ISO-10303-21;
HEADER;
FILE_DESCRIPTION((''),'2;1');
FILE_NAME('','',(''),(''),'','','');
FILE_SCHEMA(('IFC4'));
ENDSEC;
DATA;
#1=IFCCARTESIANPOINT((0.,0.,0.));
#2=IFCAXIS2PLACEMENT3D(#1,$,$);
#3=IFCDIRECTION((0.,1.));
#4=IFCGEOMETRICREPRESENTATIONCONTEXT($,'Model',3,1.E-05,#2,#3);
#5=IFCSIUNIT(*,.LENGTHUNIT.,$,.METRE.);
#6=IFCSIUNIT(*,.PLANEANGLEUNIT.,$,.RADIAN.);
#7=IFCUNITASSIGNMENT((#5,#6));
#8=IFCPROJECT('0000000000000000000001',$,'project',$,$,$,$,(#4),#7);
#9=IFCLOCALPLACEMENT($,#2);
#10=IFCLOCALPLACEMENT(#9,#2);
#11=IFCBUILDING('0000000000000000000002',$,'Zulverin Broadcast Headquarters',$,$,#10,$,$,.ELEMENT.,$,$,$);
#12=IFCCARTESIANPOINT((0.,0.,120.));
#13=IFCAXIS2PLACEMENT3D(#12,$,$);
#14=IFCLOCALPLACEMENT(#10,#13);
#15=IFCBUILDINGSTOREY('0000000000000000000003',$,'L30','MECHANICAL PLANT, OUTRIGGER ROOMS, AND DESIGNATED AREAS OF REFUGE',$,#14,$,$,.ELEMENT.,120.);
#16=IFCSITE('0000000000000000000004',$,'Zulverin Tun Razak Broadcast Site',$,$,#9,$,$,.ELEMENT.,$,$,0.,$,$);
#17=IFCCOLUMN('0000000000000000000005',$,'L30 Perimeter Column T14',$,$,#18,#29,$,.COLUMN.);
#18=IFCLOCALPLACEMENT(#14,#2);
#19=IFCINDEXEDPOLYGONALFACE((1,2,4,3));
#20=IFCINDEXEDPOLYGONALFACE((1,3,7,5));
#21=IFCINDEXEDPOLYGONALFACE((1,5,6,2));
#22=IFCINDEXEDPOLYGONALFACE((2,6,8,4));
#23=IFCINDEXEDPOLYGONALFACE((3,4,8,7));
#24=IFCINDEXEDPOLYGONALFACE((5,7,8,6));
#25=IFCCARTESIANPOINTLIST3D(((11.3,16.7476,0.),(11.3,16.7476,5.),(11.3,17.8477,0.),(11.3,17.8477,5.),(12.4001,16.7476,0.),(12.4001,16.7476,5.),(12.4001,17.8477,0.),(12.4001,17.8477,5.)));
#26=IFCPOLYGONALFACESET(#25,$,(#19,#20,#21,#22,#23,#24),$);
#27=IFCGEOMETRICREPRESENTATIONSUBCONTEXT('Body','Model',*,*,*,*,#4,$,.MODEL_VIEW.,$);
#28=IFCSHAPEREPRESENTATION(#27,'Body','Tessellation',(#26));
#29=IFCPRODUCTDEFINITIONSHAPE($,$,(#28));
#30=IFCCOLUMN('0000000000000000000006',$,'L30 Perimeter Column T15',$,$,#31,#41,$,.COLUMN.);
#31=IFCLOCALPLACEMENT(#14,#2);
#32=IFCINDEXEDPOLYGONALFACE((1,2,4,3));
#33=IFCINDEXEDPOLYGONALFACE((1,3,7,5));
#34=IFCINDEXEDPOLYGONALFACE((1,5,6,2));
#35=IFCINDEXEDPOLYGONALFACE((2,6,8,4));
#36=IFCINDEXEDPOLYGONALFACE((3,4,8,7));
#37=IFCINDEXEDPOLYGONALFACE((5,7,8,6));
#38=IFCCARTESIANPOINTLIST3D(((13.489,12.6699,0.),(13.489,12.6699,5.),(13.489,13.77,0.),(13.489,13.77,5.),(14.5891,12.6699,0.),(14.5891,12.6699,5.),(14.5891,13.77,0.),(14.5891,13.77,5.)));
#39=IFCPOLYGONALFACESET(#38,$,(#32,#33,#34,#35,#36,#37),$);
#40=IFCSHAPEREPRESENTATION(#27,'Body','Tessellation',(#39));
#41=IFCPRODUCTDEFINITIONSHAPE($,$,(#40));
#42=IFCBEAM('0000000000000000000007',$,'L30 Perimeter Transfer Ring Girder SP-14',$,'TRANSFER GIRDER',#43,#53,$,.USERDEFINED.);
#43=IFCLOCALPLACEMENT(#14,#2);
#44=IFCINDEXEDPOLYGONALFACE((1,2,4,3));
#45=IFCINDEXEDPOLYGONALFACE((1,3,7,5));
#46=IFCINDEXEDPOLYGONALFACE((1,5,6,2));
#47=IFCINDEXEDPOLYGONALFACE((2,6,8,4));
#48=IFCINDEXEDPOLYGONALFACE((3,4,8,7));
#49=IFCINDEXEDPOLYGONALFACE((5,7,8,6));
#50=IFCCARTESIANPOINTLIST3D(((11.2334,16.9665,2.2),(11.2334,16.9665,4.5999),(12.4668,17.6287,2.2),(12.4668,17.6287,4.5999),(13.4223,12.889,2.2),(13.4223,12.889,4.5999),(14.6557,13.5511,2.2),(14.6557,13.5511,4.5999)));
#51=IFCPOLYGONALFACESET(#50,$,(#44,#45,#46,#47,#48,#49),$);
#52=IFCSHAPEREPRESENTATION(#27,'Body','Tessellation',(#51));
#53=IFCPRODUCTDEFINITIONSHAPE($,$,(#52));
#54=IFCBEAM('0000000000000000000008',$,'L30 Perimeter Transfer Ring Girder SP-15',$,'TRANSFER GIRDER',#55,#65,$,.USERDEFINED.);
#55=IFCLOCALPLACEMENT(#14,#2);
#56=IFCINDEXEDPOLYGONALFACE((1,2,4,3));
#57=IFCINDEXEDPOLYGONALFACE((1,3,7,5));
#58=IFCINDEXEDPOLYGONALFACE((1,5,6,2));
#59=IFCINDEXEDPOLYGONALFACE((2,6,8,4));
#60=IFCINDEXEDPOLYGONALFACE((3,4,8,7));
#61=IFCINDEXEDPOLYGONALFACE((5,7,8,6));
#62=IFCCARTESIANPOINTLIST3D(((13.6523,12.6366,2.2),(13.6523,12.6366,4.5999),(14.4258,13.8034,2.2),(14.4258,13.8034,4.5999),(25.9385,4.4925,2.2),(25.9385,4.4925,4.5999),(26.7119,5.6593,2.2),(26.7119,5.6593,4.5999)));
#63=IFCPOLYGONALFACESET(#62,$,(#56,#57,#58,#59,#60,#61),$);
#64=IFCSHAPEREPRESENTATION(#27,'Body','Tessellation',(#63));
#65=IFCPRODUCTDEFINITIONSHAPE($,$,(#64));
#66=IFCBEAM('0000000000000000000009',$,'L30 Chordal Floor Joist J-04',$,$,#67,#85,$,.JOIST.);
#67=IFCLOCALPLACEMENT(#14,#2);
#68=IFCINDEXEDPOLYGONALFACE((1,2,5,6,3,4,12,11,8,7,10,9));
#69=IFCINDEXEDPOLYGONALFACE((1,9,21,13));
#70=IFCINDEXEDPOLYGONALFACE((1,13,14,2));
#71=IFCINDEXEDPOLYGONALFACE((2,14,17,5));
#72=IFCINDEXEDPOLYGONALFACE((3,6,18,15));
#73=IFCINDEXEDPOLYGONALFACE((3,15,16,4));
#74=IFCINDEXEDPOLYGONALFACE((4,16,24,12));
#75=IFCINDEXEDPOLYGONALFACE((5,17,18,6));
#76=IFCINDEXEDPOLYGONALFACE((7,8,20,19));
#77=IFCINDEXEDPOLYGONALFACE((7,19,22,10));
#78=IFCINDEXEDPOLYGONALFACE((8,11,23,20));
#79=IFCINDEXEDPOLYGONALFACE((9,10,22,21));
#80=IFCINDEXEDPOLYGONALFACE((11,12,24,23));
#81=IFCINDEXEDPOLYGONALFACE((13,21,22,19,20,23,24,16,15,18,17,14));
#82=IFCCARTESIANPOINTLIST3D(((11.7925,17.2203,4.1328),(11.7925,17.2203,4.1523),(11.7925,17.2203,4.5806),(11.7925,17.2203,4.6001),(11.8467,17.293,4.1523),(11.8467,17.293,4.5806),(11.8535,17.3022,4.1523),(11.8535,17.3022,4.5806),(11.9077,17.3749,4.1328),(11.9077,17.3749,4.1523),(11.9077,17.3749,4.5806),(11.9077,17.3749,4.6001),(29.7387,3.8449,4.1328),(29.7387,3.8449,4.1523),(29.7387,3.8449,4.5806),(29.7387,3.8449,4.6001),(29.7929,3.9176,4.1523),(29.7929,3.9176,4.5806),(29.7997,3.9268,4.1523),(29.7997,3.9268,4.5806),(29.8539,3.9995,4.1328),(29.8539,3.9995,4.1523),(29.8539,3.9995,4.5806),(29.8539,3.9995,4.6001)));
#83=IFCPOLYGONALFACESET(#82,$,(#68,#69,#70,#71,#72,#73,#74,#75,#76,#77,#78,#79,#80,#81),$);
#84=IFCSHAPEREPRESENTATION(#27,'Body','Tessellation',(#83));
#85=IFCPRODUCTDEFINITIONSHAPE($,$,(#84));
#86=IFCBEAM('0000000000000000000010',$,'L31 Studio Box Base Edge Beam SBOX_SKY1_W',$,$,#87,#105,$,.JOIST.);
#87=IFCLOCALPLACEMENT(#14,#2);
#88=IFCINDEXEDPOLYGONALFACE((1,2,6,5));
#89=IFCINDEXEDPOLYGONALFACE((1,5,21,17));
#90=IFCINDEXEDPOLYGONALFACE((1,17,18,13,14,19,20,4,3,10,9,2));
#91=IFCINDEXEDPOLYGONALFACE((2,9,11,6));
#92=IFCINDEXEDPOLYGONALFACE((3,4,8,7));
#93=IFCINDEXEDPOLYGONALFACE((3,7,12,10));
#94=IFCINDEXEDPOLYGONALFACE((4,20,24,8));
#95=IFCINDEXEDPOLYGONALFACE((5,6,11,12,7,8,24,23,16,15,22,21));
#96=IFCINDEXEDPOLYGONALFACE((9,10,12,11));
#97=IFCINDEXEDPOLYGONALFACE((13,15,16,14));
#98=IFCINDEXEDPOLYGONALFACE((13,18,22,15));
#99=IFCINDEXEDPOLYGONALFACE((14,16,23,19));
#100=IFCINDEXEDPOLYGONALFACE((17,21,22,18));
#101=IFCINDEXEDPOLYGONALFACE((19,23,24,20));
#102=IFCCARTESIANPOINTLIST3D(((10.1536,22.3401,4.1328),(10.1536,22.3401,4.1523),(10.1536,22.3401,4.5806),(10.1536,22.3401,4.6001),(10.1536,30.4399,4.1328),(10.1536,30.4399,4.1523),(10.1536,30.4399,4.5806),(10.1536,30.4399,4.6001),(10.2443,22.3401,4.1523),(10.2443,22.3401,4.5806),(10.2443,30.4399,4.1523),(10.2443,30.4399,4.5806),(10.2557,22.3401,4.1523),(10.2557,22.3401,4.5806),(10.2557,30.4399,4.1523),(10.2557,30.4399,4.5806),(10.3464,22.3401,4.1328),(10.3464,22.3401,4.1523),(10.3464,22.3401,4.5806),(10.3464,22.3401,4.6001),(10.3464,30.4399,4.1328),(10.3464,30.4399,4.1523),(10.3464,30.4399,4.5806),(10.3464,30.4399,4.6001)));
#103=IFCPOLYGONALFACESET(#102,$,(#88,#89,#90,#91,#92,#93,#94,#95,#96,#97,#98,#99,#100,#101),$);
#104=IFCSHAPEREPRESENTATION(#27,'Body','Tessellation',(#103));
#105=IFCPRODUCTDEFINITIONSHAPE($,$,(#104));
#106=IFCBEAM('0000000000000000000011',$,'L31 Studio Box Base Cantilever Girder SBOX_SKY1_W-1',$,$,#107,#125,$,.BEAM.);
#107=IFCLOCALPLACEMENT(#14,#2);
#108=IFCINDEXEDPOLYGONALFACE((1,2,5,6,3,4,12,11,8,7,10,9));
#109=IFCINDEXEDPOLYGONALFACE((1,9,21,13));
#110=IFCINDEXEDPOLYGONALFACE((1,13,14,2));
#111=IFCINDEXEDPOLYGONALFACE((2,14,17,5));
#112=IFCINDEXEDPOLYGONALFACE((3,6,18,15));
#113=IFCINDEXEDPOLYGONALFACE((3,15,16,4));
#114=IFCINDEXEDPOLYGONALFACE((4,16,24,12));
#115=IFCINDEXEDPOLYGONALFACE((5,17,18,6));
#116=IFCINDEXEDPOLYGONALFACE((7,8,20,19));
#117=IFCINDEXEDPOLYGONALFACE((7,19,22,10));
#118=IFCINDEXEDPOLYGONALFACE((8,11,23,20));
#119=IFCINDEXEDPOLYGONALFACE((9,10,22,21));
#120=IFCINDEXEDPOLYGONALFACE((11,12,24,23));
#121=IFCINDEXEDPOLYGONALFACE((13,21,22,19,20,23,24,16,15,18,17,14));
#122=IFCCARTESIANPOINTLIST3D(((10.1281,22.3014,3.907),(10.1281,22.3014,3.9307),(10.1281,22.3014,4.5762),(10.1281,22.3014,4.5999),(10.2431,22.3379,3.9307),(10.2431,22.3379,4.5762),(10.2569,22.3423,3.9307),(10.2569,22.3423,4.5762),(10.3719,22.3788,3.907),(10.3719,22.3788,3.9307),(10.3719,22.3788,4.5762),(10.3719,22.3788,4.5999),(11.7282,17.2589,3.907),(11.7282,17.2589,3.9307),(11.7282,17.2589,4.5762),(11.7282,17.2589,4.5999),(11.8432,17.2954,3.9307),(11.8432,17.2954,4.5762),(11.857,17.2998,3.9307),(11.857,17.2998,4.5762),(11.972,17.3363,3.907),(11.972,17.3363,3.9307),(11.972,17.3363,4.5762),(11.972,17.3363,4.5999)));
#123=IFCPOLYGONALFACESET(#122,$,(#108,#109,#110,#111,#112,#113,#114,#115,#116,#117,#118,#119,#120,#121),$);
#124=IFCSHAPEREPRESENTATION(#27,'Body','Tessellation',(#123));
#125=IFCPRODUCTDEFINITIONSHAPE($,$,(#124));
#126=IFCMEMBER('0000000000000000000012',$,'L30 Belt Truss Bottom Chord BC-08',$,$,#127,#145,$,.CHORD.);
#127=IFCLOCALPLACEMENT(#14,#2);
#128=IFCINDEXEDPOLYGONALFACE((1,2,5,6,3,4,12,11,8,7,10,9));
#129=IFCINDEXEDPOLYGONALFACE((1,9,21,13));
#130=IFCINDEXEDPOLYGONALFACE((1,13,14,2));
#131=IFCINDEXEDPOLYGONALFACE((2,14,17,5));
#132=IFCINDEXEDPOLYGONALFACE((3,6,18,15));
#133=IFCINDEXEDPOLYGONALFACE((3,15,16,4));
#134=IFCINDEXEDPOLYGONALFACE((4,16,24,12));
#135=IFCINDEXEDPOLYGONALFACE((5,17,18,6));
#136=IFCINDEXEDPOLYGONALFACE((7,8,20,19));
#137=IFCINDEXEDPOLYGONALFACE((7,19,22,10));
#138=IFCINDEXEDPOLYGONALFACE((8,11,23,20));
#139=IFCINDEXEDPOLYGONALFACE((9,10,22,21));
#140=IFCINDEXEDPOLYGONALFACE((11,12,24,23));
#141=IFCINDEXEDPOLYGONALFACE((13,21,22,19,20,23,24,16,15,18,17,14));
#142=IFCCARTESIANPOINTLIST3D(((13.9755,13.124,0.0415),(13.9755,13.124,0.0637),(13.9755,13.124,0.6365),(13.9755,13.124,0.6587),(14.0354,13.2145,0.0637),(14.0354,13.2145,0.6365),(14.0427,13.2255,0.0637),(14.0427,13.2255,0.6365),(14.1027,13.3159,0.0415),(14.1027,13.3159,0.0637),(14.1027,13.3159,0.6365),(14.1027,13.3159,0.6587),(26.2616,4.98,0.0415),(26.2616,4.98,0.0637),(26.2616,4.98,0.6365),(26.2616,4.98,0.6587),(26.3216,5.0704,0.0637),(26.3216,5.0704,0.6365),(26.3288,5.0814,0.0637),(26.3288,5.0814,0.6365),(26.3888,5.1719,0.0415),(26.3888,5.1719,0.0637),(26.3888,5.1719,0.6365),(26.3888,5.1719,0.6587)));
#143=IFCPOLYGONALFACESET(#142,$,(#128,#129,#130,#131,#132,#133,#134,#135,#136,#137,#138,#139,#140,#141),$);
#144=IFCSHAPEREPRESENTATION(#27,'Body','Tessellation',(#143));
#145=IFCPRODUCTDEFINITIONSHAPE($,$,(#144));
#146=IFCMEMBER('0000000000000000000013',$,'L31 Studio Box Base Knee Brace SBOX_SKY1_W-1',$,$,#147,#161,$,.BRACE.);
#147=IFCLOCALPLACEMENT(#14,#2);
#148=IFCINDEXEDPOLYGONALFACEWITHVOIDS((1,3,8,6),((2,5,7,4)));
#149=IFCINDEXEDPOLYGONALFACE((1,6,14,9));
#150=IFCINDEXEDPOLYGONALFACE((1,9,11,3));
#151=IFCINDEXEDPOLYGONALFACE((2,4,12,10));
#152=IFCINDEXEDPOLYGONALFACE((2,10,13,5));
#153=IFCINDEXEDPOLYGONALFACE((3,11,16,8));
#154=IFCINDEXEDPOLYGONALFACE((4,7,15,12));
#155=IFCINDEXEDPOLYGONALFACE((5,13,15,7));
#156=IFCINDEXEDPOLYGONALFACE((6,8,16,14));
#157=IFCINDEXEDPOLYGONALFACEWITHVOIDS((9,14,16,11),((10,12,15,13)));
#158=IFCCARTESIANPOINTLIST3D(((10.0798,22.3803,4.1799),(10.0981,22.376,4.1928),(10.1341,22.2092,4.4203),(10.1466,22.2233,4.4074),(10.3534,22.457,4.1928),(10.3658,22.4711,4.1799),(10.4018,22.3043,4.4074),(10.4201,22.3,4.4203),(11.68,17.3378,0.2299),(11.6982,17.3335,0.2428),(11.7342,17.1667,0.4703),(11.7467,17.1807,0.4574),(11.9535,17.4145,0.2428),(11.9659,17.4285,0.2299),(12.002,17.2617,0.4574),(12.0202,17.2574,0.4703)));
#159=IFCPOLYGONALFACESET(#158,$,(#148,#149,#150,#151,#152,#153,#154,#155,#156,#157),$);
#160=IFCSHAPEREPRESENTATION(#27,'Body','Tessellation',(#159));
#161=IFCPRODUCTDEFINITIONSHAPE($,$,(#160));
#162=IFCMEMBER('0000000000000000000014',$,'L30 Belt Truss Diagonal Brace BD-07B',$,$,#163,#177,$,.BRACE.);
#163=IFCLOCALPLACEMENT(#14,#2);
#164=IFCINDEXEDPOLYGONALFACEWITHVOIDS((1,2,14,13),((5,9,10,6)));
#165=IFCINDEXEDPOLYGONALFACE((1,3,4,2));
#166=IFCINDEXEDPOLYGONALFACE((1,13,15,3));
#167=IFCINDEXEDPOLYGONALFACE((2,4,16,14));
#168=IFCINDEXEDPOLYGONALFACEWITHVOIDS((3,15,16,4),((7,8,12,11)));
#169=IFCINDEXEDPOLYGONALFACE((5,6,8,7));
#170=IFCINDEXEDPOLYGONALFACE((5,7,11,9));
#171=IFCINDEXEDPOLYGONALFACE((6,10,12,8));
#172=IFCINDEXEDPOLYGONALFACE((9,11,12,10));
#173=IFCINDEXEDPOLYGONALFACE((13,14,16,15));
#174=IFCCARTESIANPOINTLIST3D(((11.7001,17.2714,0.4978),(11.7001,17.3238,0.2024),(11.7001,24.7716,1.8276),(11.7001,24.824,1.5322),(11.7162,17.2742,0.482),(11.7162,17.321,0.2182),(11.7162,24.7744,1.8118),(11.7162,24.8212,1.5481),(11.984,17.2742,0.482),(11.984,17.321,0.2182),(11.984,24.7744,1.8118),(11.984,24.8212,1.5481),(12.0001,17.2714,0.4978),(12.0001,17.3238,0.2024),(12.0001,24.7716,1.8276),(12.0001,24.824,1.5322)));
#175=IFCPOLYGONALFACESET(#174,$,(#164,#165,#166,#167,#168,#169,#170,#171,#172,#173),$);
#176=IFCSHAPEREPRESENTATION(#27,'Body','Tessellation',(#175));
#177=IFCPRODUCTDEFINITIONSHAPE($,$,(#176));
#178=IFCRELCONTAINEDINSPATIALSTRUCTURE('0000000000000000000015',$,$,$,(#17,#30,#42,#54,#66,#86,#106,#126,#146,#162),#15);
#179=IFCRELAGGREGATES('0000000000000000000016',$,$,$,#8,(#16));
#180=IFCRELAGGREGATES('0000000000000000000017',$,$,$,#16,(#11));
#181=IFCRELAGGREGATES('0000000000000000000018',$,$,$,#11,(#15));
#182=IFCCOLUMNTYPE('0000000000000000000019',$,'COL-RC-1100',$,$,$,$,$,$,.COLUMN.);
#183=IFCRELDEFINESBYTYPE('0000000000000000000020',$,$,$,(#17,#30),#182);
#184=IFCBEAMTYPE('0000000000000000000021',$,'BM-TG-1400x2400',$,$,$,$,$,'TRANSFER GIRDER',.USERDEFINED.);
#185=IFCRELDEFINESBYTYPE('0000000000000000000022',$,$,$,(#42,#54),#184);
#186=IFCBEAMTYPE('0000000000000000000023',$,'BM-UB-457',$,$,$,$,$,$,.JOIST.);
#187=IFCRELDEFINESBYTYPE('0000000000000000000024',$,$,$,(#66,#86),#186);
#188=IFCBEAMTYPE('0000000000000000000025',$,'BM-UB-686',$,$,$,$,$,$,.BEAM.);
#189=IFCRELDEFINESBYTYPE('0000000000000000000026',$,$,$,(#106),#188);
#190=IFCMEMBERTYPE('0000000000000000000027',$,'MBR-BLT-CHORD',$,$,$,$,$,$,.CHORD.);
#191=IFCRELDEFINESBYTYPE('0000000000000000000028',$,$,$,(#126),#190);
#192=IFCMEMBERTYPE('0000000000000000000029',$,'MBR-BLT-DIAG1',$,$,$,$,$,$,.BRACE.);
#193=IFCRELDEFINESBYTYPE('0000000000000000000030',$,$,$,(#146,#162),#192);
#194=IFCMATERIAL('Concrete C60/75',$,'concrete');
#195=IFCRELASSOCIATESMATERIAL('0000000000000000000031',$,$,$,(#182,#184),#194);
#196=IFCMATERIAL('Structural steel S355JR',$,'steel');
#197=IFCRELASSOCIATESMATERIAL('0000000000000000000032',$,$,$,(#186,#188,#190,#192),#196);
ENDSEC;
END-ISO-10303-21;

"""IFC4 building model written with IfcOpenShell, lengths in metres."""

from ifc_helpers import new_model, si_unit, direction, frame, origin, origin_2d, place, context, subcontext, project, spatial, rectangle, hollow_rectangle, i_section, extrude, material, material_profile, profile_set, type_object, element, save


model = new_model("IFC4")

# Units and contexts
model_context = context("Model", 3, precision=1e-05, world=origin(), true_north=direction((0.0, 1.0)))
body_context = subcontext(model_context, "Body", "Model", "MODEL_VIEW")
ifc_project = project(units=[si_unit("LENGTHUNIT", "METRE"), si_unit("PLANEANGLEUNIT", "RADIAN")], contexts=[model_context])

# Site, building, storey
site_placement = place(None, origin())
site = spatial("IfcSite", under=ifc_project, at=site_placement, Name="Zulverin Tun Razak Broadcast Site", CompositionType="ELEMENT", RefElevation=0.0)
building_placement = place(site_placement, origin())
building = spatial("IfcBuilding", under=site, at=building_placement, Name="Zulverin Broadcast Headquarters", CompositionType="ELEMENT")
storey_placement = place(building_placement, frame((0.0, 0.0, 120.0)))
storey = spatial("IfcBuildingStorey", under=building, at=storey_placement, Name="L30", Description="MECHANICAL PLANT, OUTRIGGER ROOMS, AND DESIGNATED AREAS OF REFUGE", CompositionType="ELEMENT", Elevation=120.0)

# Columns
ifc_material_1 = material(Name="Concrete C60/75", Category="concrete")
ifc_material_profile_1 = material_profile(ifc_material_1, rectangle(XDim=1.1001, YDim=1.1001, at=origin_2d()), Name="Concrete C60/75", Category="concrete")
ifc_profile_set_1 = profile_set([ifc_material_profile_1], Name="Concrete C60/75")
column_type = type_object("IfcColumnType", Name="COL-RC-1100", PredefinedType="COLUMN", material=ifc_profile_set_1)
for number, where, z_axis, x_axis, name in (
    (1, (11.8501, 17.2976, 0.0), (0.0, 0.0, 1.0), (1.0, 0.0, 0.0), "L30 Perimeter Column T14"),
    (2, (14.0391, 13.22, 0.0), (0.0, 0.0, 1.0), (1.0, 0.0, 0.0), "L30 Perimeter Column T15"),
):
    element("IfcColumn", number, at=place(storey_placement, frame(where, z_axis=z_axis, x_axis=x_axis)), inside=storey, type_object=column_type, Name=name, PredefinedType="COLUMN", context=body_context, shape_type="SweptSolid", body=[
        extrude(rectangle(XDim=1.1001, YDim=1.1001, at=origin_2d()), origin(), (0.0, 0.0, 1.0), 5.0),
    ])

# Beams
ifc_material_profile_2 = material_profile(ifc_material_1, rectangle(XDim=1.3999, YDim=2.3999, at=origin_2d()), Name="Concrete C60/75", Category="concrete")
ifc_profile_set_2 = profile_set([ifc_material_profile_2], Name="Concrete C60/75")
beam_type_1 = type_object("IfcBeamType", Name="BM-TG-1400x2400", ElementType="TRANSFER GIRDER", PredefinedType="USERDEFINED", material=ifc_profile_set_2)
beam_1_placement = place(storey_placement, frame((11.8501, 17.2976, 3.3999), z_axis=(0.47298, -0.881073, 0.0), x_axis=(0.881073, 0.47298, 0.0)))
element("IfcBeam", 3, at=beam_1_placement, inside=storey, type_object=beam_type_1, Name="L30 Perimeter Transfer Ring Girder SP-14", ObjectType="TRANSFER GIRDER", PredefinedType="USERDEFINED", context=body_context, shape_type="SweptSolid", body=[
    extrude(rectangle(XDim=1.3999, YDim=2.3999, at=origin_2d()), origin(), (0.0, 0.0, 1.0), 4.6279),
])
beam_2_placement = place(storey_placement, frame((14.0391, 13.22, 3.3999), z_axis=(0.83351, -0.552504, 0.0), x_axis=(0.552504, 0.83351, 0.0)))
element("IfcBeam", 4, at=beam_2_placement, inside=storey, type_object=beam_type_1, Name="L30 Perimeter Transfer Ring Girder SP-15", ObjectType="TRANSFER GIRDER", PredefinedType="USERDEFINED", context=body_context, shape_type="SweptSolid", body=[
    extrude(rectangle(XDim=1.3999, YDim=2.3999, at=origin_2d()), origin(), (0.0, 0.0, 1.0), 14.7402),
])
ifc_material_2 = material(Name="Structural steel S355JR", Category="steel")
ifc_material_profile_3 = material_profile(ifc_material_2, i_section(OverallWidth=0.1929, OverallDepth=0.4673, WebThickness=0.0115, FlangeThickness=0.0195, at=origin_2d()), Name="Structural steel S355JR", Category="steel")
ifc_profile_set_3 = profile_set([ifc_material_profile_3], Name="Structural steel S355JR")
beam_type_2 = type_object("IfcBeamType", Name="BM-UB-457", PredefinedType="JOIST", material=ifc_profile_set_3)
beam_3_placement = place(storey_placement, frame((11.8501, 17.2976, 4.3665), z_axis=(0.801803, -0.597589, 0.0), x_axis=(0.597589, 0.801803, 0.0)))
element("IfcBeam", 5, at=beam_3_placement, inside=storey, type_object=beam_type_2, Name="L30 Chordal Floor Joist J-04", PredefinedType="JOIST", context=body_context, shape_type="SweptSolid", body=[
    extrude(i_section(OverallWidth=0.1929, OverallDepth=0.4673, WebThickness=0.0115, FlangeThickness=0.0195, at=origin_2d()), origin(), (0.0, 0.0, 1.0), 22.3823),
])
beam_4_placement = place(storey_placement, frame((10.25, 22.3401, 4.3665), z_axis=(0.0, 1.0, 0.0), x_axis=(-1.0, 0.0, 0.0)))
element("IfcBeam", 6, at=beam_4_placement, inside=storey, type_object=beam_type_2, Name="L31 Studio Box Base Edge Beam SBOX_SKY1_W", PredefinedType="JOIST", context=body_context, shape_type="SweptSolid", body=[
    extrude(i_section(OverallWidth=0.1929, OverallDepth=0.4673, WebThickness=0.0115, FlangeThickness=0.0195, at=origin_2d()), origin(), (0.0, 0.0, 1.0), 8.0999),
])
ifc_material_profile_4 = material_profile(ifc_material_2, i_section(OverallWidth=0.2559, OverallDepth=0.6929, WebThickness=0.0144, FlangeThickness=0.0237, at=origin_2d()), Name="Structural steel S355JR", Category="steel")
ifc_profile_set_4 = profile_set([ifc_material_profile_4], Name="Structural steel S355JR")
beam_type_3 = type_object("IfcBeamType", Name="BM-UB-686", PredefinedType="BEAM", material=ifc_profile_set_4)
beam_5_placement = place(storey_placement, frame((11.8501, 17.2976, 4.2534), z_axis=(-0.302461, 0.953162, 0.0), x_axis=(-0.953162, -0.302461, 0.0)))
element("IfcBeam", 7, at=beam_5_placement, inside=storey, type_object=beam_type_3, Name="L31 Studio Box Base Cantilever Girder SBOX_SKY1_W-1", PredefinedType="BEAM", context=body_context, shape_type="SweptSolid", body=[
    extrude(i_section(OverallWidth=0.2559, OverallDepth=0.6929, WebThickness=0.0144, FlangeThickness=0.0237, at=origin_2d()), origin(), (0.0, 0.0, 1.0), 5.2903),
])

# Members
ifc_material_profile_5 = material_profile(ifc_material_2, i_section(OverallWidth=0.2302, OverallDepth=0.6172, WebThickness=0.0132, FlangeThickness=0.0222, at=origin_2d()), Name="Structural steel S355JR", Category="steel")
ifc_profile_set_5 = profile_set([ifc_material_profile_5], Name="Structural steel S355JR")
member_type_1 = type_object("IfcMemberType", Name="MBR-BLT-CHORD", PredefinedType="CHORD", material=ifc_profile_set_5)
member_1_placement = place(storey_placement, frame((14.0391, 13.22, 0.3501), z_axis=(0.83351, -0.552504, 0.0), x_axis=(0.552504, 0.83351, 0.0)))
element("IfcMember", 8, at=member_1_placement, inside=storey, type_object=member_type_1, Name="L30 Belt Truss Bottom Chord BC-08", PredefinedType="CHORD", context=body_context, shape_type="SweptSolid", body=[
    extrude(i_section(OverallWidth=0.2302, OverallDepth=0.6172, WebThickness=0.0132, FlangeThickness=0.0222, at=origin_2d()), origin(), (0.0, 0.0, 1.0), 14.7402),
])
ifc_material_profile_6 = material_profile(ifc_material_2, hollow_rectangle(XDim=0.3, YDim=0.3, WallThickness=0.0161, at=origin_2d()), Name="Structural steel S355JR", Category="steel")
ifc_profile_set_6 = profile_set([ifc_material_profile_6], Name="Structural steel S355JR")
member_type_2 = type_object("IfcMemberType", Name="MBR-BLT-DIAG1", PredefinedType="BRACE", material=ifc_profile_set_6)
member_2_placement = place(storey_placement, frame((11.8501, 17.2976, 0.3501), z_axis=(-0.242358, 0.763758, 0.598278), x_axis=(-0.953162, -0.302461, 0.0)))
element("IfcMember", 9, at=member_2_placement, inside=storey, type_object=member_type_2, Name="L31 Studio Box Base Knee Brace SBOX_SKY1_W-1", PredefinedType="BRACE", context=body_context, shape_type="SweptSolid", body=[
    extrude(hollow_rectangle(XDim=0.3, YDim=0.3, WallThickness=0.0161, at=origin_2d()), origin(), (0.0, 0.0, 1.0), 6.6023),
])
member_3_placement = place(storey_placement, frame((11.8501, 17.2976, 0.3501), z_axis=(0.0, 0.984643, 0.174582), x_axis=(-1.0, 0.0, 0.0)))
element("IfcMember", 10, at=member_3_placement, inside=storey, type_object=member_type_2, Name="L30 Belt Truss Diagonal Brace BD-07B", PredefinedType="BRACE", context=body_context, shape_type="SweptSolid", body=[
    extrude(hollow_rectangle(XDim=0.3, YDim=0.3, WallThickness=0.0161, at=origin_2d()), origin(), (0.0, 0.0, 1.0), 7.6172),
])

save(model, "model.ifc")
